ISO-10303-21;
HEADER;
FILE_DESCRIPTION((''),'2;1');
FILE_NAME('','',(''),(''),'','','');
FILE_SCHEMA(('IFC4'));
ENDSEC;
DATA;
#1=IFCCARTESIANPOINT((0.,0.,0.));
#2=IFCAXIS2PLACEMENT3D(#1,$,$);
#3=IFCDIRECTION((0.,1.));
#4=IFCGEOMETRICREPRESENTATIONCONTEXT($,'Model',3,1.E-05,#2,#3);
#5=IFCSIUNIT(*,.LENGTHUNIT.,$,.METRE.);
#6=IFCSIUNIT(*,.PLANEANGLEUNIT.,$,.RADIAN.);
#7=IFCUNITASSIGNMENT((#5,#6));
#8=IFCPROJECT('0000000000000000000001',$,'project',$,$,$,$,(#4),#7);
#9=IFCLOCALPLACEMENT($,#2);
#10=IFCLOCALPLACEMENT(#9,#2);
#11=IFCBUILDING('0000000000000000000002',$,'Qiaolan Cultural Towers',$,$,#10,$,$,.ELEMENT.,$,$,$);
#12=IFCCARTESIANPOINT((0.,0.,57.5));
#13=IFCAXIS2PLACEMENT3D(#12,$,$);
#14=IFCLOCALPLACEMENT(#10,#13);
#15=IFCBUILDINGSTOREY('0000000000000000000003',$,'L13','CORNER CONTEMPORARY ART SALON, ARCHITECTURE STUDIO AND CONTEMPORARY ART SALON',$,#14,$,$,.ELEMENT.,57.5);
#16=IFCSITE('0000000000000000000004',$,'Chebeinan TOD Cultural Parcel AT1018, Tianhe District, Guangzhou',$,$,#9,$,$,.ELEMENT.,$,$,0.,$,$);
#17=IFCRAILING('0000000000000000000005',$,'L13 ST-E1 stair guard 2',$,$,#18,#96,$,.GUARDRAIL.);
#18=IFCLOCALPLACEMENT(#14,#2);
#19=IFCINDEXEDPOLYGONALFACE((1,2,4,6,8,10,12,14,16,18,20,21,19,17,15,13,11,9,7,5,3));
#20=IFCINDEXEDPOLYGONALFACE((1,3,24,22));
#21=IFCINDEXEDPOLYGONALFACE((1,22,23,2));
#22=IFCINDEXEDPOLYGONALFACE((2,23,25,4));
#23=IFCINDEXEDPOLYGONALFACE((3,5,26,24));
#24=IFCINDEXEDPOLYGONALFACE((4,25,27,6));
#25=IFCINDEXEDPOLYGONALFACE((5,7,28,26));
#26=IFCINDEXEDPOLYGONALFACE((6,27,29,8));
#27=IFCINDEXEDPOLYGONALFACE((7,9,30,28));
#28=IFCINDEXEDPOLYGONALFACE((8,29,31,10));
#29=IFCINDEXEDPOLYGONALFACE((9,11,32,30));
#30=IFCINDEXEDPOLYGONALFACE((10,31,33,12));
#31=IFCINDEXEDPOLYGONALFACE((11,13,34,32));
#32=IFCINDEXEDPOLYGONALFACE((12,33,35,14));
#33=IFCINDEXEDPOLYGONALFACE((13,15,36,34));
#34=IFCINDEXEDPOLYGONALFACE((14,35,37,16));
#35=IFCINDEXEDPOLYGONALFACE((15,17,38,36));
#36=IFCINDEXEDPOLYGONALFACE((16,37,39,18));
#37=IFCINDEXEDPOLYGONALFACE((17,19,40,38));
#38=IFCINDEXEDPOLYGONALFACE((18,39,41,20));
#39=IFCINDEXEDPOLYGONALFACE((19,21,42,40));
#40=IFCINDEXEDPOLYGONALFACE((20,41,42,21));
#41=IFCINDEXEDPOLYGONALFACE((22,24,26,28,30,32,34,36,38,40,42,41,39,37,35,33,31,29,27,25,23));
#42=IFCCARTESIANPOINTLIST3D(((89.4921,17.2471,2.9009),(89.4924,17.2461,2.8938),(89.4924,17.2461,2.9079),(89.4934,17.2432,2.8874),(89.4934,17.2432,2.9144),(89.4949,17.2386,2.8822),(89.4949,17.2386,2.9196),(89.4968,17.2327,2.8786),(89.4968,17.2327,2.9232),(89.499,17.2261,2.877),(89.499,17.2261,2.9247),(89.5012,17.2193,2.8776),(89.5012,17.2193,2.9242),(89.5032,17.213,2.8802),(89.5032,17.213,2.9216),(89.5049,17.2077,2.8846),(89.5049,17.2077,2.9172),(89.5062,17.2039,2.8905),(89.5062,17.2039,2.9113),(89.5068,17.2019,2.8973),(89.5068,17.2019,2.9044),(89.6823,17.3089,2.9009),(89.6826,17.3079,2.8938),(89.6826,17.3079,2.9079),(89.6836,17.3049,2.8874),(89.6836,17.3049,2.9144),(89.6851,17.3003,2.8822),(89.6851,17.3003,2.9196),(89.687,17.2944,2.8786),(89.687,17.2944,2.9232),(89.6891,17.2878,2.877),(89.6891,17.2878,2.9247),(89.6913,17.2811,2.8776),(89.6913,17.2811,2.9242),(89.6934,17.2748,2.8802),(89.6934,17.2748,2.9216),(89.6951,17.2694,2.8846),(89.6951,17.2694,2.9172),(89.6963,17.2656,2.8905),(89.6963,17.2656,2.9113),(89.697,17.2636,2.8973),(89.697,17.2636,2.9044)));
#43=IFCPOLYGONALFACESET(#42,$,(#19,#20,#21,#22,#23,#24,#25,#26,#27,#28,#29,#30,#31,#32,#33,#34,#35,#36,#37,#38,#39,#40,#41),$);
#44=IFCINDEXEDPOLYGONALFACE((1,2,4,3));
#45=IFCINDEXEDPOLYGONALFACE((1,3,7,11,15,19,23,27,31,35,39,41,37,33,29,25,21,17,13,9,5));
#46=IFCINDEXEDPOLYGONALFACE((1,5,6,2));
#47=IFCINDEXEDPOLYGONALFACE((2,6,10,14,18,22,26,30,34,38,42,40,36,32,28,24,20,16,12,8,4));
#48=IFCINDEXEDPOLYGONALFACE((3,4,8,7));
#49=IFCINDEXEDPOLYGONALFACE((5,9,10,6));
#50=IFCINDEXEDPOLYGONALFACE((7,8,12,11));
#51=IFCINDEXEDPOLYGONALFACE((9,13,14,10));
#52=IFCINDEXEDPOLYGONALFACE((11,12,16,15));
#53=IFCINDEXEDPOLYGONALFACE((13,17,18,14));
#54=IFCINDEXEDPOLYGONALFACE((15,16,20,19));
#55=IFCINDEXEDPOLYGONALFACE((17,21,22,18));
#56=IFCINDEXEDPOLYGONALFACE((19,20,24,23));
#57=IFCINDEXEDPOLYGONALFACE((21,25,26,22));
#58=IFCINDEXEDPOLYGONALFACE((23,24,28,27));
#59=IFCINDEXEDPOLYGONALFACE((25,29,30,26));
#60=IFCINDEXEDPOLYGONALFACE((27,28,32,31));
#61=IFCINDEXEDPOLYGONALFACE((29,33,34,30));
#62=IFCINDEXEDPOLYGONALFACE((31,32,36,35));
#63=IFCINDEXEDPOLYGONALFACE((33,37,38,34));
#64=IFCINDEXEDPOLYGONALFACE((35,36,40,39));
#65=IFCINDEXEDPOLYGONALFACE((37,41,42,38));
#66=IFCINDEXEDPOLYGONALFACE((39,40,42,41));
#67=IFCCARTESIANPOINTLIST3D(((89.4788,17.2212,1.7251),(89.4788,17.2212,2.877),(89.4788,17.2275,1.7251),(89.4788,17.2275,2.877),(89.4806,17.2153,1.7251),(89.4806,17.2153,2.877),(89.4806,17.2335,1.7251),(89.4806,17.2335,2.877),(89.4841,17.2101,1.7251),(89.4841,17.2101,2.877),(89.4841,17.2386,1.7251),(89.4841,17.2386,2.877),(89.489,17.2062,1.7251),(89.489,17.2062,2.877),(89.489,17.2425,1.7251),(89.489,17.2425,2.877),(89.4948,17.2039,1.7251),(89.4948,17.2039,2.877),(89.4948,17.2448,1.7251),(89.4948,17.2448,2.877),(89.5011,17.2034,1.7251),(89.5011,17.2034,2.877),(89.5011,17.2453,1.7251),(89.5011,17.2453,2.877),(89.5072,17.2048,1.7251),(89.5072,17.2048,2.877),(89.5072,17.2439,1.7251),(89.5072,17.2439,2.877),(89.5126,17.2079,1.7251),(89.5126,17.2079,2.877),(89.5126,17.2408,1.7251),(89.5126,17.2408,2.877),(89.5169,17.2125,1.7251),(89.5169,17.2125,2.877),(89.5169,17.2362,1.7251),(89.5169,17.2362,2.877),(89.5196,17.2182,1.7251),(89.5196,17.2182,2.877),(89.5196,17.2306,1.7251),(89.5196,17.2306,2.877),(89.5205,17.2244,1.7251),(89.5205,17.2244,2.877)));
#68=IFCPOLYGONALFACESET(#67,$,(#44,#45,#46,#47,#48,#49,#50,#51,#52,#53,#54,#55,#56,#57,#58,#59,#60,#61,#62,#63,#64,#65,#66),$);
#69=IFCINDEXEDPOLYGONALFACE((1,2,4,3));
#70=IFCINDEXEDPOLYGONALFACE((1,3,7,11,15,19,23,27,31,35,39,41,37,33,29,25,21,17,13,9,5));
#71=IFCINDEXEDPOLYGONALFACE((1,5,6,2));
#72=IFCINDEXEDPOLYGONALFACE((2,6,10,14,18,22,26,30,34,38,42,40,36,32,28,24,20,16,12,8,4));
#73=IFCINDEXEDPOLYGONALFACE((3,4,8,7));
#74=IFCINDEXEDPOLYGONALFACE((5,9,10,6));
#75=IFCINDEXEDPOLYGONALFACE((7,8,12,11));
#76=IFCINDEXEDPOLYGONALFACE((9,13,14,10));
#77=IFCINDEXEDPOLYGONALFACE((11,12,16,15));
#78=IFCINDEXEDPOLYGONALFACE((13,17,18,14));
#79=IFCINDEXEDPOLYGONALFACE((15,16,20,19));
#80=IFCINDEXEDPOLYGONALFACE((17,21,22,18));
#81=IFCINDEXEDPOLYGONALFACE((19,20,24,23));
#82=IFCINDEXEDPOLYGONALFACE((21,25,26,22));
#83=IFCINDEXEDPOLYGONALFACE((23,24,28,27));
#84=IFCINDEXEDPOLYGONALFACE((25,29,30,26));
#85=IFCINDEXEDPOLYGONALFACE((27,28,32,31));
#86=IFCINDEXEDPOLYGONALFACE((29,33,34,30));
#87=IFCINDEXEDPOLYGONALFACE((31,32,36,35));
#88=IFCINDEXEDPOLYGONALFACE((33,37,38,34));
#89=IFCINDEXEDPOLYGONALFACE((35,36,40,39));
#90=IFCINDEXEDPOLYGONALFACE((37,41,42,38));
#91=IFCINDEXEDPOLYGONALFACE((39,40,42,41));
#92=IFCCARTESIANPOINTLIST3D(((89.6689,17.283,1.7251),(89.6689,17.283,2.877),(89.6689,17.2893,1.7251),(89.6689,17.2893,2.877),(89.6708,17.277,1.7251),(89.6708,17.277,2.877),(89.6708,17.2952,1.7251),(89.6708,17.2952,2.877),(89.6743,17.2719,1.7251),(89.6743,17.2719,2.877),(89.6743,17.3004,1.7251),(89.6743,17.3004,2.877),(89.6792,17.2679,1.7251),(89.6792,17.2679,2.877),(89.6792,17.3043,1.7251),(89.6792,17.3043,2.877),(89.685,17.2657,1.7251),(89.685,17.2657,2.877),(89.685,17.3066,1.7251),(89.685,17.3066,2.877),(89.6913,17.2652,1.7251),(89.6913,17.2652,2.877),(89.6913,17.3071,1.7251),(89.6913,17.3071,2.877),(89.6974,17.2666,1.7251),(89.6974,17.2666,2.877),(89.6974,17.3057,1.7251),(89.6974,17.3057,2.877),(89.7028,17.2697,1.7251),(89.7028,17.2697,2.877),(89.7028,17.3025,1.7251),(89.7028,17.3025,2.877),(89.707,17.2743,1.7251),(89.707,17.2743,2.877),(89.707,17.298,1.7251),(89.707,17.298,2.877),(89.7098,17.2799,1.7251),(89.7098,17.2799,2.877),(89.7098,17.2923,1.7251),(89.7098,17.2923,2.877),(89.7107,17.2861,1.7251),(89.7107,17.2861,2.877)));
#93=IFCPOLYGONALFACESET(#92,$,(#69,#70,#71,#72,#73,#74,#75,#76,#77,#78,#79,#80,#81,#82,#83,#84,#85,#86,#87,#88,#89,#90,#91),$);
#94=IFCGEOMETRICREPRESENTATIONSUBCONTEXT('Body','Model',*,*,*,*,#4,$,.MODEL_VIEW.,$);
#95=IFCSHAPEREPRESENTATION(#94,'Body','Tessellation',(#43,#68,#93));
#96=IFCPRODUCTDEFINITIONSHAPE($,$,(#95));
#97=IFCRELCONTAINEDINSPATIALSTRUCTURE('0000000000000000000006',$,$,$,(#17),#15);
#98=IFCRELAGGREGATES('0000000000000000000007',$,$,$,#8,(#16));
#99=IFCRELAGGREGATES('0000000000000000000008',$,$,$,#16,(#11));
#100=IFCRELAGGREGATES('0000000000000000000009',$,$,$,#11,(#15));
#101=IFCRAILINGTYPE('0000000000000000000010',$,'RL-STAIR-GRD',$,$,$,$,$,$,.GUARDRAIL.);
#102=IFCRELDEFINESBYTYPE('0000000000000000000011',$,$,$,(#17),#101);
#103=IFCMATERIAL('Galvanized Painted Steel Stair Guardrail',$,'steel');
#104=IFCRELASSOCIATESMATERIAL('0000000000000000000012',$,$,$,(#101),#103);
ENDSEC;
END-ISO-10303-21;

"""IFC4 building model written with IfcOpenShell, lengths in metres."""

from ifc_helpers import new_model, si_unit, direction, frame, origin, origin_2d, place, context, subcontext, project, spatial, circle, extrude, material, type_object, element, save


model = new_model("IFC4")

# Units and contexts
model_context = context("Model", 3, precision=1e-05, world=origin(), true_north=direction((0.0, 1.0)))
body_context = subcontext(model_context, "Body", "Model", "MODEL_VIEW")
ifc_project = project(units=[si_unit("LENGTHUNIT", "METRE"), si_unit("PLANEANGLEUNIT", "RADIAN")], contexts=[model_context])

# Site, building, storey
site_placement = place(None, origin())
site = spatial("IfcSite", under=ifc_project, at=site_placement, Name="Chebeinan TOD Cultural Parcel AT1018, Tianhe District, Guangzhou", CompositionType="ELEMENT", RefElevation=0.0)
building_placement = place(site_placement, origin())
building = spatial("IfcBuilding", under=site, at=building_placement, Name="Qiaolan Cultural Towers", CompositionType="ELEMENT")
storey_placement = place(building_placement, frame((0.0, 0.0, 57.5)))
storey = spatial("IfcBuildingStorey", under=building, at=storey_placement, Name="L13", Description="CORNER CONTEMPORARY ART SALON, ARCHITECTURE STUDIO AND CONTEMPORARY ART SALON", CompositionType="ELEMENT", Elevation=57.5)

# Railing
ifc_material_1 = material(Name="Galvanized Painted Steel Stair Guardrail", Category="steel")
railing_type_1 = type_object("IfcRailingType", Name="RL-STAIR-GRD", PredefinedType="GUARDRAIL", material=ifc_material_1)
railing_1_placement = place(storey_placement, frame((89.4995, 17.2244, 1.7251)))
element("IfcRailing", 1, at=railing_1_placement, inside=storey, type_object=railing_type_1, Name="L13 ST-E1 stair guard 2", PredefinedType="GUARDRAIL", context=body_context, shape_type="SweptSolid", body=[
    extrude(circle(Radius=0.0239, at=origin_2d()), frame((0.0, 0.0, 1.1758), z_axis=(0.951097, 0.308893, 0.0), x_axis=(-0.308893, 0.951097, 0.0)), (0.0, 0.0, 1.0), 0.2),
    extrude(circle(Radius=0.021, at=origin_2d()), origin(), (0.0, 0.0, 1.0), 1.1519),
    extrude(circle(Radius=0.021, at=origin_2d()), frame((0.1902, 0.0618, 0.0)), (0.0, 0.0, 1.0), 1.1519),
])

save(model, "model.ifc")
